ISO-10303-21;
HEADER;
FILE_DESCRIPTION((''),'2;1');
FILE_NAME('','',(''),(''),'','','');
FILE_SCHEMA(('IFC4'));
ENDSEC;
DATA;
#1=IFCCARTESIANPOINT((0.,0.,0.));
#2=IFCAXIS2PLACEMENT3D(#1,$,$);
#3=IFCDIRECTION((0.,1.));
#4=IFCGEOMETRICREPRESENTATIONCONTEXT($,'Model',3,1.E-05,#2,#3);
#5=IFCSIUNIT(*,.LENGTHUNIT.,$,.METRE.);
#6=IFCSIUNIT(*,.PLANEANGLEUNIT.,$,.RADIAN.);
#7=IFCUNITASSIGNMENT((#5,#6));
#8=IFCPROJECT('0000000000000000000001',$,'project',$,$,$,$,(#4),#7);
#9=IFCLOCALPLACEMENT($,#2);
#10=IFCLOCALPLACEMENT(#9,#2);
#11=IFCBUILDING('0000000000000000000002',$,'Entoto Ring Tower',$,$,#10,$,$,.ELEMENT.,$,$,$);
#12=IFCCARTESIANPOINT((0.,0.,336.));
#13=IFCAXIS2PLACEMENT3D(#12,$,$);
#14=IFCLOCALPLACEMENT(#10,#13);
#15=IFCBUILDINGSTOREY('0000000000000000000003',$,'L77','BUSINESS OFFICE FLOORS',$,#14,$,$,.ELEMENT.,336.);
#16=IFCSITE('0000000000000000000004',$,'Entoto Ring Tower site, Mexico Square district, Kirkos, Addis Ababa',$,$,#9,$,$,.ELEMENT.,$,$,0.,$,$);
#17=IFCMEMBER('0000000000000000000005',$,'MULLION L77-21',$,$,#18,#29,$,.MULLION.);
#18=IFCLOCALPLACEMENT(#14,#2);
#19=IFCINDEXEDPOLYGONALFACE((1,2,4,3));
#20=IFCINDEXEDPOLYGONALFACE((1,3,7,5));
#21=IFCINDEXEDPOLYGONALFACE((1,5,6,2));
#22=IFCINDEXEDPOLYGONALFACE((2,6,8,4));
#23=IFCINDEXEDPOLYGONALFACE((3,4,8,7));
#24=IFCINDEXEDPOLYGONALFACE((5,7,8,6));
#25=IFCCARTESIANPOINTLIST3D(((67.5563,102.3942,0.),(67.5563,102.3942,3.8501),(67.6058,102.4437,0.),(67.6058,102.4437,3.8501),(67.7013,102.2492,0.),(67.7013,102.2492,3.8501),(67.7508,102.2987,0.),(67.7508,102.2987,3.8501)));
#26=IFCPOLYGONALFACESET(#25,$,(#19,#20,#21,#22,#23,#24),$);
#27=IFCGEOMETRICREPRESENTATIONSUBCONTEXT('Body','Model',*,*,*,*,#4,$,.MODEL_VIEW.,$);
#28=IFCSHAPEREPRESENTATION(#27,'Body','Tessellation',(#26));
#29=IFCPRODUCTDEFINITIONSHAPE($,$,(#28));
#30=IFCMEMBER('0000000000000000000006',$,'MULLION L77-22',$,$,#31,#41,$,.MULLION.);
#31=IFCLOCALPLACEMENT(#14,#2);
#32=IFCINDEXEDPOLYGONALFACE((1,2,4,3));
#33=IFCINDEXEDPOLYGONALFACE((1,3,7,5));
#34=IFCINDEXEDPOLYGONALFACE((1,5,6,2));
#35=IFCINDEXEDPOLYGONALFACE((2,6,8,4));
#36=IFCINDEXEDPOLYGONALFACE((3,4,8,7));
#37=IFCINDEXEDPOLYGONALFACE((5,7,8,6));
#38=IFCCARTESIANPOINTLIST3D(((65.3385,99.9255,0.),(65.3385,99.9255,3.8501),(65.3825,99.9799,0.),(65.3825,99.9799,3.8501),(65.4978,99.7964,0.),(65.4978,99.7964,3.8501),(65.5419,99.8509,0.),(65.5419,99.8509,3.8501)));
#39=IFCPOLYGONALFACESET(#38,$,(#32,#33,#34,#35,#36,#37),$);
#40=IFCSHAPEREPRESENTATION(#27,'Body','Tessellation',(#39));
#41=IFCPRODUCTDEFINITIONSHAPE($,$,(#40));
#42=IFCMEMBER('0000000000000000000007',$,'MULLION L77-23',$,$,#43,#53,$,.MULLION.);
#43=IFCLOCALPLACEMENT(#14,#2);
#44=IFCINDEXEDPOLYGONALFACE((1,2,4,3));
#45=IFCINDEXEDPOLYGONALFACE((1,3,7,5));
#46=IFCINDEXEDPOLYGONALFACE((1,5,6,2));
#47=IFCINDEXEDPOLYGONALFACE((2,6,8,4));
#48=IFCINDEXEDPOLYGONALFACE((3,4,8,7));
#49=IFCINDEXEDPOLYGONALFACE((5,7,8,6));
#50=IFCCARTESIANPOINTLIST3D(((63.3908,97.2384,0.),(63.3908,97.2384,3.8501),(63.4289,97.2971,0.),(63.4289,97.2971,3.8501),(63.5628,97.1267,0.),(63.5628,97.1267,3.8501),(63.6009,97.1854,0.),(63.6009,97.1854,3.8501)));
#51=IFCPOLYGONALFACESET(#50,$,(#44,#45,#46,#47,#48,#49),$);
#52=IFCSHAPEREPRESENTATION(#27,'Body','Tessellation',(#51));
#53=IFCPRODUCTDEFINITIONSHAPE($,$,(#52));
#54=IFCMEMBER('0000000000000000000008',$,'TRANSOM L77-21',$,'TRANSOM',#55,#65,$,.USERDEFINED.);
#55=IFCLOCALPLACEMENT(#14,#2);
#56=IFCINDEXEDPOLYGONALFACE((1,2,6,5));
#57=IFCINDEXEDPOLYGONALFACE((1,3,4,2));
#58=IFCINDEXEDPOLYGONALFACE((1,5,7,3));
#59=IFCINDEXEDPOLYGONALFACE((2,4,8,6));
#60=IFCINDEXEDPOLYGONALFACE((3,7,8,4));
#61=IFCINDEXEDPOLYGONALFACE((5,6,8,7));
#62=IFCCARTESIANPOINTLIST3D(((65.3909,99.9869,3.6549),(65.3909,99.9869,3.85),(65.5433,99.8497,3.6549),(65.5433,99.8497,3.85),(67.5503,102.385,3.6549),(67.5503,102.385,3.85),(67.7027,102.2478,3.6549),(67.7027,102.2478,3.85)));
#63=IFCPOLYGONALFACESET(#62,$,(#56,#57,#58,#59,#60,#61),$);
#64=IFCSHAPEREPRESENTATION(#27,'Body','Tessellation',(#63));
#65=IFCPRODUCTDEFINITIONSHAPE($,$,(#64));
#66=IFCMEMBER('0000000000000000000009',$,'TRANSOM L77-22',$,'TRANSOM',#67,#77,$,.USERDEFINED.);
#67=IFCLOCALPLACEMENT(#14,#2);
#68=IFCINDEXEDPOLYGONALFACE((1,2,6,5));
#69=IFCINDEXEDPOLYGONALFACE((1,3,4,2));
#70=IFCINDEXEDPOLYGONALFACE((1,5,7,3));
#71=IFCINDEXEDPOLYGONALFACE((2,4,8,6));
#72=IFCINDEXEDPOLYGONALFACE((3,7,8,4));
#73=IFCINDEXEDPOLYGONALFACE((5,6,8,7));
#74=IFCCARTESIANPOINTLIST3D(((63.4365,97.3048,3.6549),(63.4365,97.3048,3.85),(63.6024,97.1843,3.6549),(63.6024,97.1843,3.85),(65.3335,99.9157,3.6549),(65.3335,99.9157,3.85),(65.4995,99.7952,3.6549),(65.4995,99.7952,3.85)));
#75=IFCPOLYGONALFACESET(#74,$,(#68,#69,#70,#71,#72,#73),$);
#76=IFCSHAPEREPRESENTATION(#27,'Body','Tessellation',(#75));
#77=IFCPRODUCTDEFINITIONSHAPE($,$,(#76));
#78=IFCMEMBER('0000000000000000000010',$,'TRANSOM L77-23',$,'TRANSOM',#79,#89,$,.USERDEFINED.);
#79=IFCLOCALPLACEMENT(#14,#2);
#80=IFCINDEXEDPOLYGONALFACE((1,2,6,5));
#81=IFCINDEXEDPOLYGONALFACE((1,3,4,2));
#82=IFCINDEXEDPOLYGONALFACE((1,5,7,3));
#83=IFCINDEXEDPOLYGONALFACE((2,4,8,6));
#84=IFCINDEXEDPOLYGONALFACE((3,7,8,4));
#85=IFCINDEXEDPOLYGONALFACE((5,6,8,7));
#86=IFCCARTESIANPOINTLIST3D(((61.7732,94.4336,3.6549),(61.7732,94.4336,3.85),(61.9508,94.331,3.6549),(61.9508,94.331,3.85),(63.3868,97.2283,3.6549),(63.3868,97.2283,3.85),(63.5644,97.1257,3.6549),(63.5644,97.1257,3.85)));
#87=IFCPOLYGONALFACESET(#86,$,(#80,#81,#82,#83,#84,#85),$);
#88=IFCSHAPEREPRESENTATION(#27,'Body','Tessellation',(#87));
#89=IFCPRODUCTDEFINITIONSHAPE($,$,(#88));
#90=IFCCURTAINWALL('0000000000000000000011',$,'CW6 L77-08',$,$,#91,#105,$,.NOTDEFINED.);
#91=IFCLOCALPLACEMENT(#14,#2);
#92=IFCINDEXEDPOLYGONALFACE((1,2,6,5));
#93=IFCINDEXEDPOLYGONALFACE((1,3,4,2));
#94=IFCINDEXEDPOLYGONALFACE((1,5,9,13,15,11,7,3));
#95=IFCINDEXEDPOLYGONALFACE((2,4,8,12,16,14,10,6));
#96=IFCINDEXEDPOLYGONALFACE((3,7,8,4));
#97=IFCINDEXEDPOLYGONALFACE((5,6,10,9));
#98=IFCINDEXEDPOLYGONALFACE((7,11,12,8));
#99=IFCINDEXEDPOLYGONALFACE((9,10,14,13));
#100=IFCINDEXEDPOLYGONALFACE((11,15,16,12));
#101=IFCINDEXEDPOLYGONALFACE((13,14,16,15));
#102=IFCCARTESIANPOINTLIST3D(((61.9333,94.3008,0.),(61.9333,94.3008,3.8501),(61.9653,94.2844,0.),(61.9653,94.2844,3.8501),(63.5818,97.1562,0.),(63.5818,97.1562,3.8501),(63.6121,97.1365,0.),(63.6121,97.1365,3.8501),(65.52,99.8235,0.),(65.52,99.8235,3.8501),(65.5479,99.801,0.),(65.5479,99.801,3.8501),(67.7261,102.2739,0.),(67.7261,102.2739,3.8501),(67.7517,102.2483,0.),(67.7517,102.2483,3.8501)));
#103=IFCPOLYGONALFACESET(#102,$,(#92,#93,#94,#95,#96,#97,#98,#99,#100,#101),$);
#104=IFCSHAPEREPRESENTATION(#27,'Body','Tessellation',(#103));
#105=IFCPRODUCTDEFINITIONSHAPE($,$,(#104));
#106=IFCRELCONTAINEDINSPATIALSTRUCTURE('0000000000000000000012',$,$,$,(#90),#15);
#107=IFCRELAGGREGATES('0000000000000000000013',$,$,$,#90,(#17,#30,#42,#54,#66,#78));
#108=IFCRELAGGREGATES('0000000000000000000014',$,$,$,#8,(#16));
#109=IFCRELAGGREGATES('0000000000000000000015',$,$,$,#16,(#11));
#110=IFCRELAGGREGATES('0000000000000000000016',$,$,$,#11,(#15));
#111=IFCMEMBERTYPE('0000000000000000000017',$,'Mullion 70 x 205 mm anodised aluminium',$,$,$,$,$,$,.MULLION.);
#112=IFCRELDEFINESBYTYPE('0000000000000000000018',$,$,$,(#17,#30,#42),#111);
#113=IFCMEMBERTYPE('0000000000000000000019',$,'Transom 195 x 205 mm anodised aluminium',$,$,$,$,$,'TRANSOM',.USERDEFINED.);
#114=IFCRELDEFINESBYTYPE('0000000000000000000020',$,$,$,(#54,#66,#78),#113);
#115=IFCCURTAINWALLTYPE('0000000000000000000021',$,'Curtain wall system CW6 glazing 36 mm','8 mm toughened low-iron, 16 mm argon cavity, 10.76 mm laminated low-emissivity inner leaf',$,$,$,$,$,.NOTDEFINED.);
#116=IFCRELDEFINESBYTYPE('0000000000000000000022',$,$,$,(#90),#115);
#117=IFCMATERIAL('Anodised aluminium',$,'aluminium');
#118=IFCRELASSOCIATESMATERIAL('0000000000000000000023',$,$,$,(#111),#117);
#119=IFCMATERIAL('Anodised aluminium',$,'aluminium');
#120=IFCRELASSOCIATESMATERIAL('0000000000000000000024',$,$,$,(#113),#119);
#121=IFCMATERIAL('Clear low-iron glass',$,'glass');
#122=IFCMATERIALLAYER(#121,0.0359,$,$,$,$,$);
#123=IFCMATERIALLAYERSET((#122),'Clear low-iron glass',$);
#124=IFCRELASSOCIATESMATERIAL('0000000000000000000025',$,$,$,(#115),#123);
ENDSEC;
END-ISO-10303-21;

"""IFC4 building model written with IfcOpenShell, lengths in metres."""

from ifc_helpers import new_model, si_unit, direction, frame, origin, origin_2d, place, context, subcontext, project, spatial, polyline, rectangle, outline, extrude, material, layer, layer_set, material_profile, profile_set, type_object, element, aggregate, save


model = new_model("IFC4")

# Units and contexts
model_context = context("Model", 3, precision=1e-05, world=origin(), true_north=direction((0.0, 1.0)))
body_context = subcontext(model_context, "Body", "Model", "MODEL_VIEW")
ifc_project = project(units=[si_unit("LENGTHUNIT", "METRE"), si_unit("PLANEANGLEUNIT", "RADIAN")], contexts=[model_context])

# Members
ifc_material_1 = material(Name="Anodised aluminium", Category="aluminium")
ifc_material_profile_1 = material_profile(ifc_material_1, rectangle(XDim=0.0701, YDim=0.2051, at=origin_2d()), Name="Mullion 70 x 205 mm anodised aluminium")
ifc_profile_set_1 = profile_set([ifc_material_profile_1], Name="Anodised aluminium")
member_type_1 = type_object("IfcMemberType", Name="Mullion 70 x 205 mm anodised aluminium", PredefinedType="MULLION", material=ifc_profile_set_1)
site_placement = place(None, origin())
building_placement = place(site_placement, origin())
storey_placement = place(building_placement, frame((0.0, 0.0, 336.0)))
member_1_placement = place(storey_placement, frame((67.6536, 102.3464, 0.0), z_axis=(0.0, 0.0, 1.0), x_axis=(-0.707107, -0.707107, 0.0)))
member_1 = element("IfcMember", 1, at=member_1_placement, type_object=member_type_1, Name="MULLION L77-21", PredefinedType="MULLION", context=body_context, shape_type="SweptSolid", body=[
    extrude(rectangle(XDim=0.0701, YDim=0.2051, at=origin_2d()), origin(), (0.0, 0.0, 1.0), 3.8501),
])
member_2_placement = place(storey_placement, frame((65.4402, 99.8882, 0.0), z_axis=(0.0, 0.0, 1.0), x_axis=(-0.62932, -0.777146, 0.0)))
member_2 = element("IfcMember", 2, at=member_2_placement, type_object=member_type_1, Name="MULLION L77-22", PredefinedType="MULLION", context=body_context, shape_type="SweptSolid", body=[
    extrude(rectangle(XDim=0.0701, YDim=0.2051, at=origin_2d()), origin(), (0.0, 0.0, 1.0), 3.8501),
])
member_3_placement = place(storey_placement, frame((63.4958, 97.2119, 0.0), z_axis=(0.0, 0.0, 1.0), x_axis=(-0.544639, -0.838671, 0.0)))
member_3 = element("IfcMember", 3, at=member_3_placement, type_object=member_type_1, Name="MULLION L77-23", PredefinedType="MULLION", context=body_context, shape_type="SweptSolid", body=[
    extrude(rectangle(XDim=0.0701, YDim=0.2051, at=origin_2d()), origin(), (0.0, 0.0, 1.0), 3.8501),
])
ifc_material_2 = material(Name="Anodised aluminium", Category="aluminium")
ifc_material_profile_2 = material_profile(ifc_material_2, rectangle(XDim=0.2051, YDim=0.1951, at=origin_2d()), Name="Transom 195 x 205 mm anodised aluminium")
ifc_profile_set_2 = profile_set([ifc_material_profile_2], Name="Anodised aluminium")
member_type_2 = type_object("IfcMemberType", Name="Transom 195 x 205 mm anodised aluminium", ElementType="TRANSOM", PredefinedType="USERDEFINED", material=ifc_profile_set_2)
member_4_placement = place(storey_placement, frame((67.6265, 102.3164, 3.7524), z_axis=(-0.669144, -0.743132, 0.0), x_axis=(0.743132, -0.669144, 0.0)))
member_4 = element("IfcMember", 4, at=member_4_placement, type_object=member_type_2, Name="TRANSOM L77-21", ObjectType="TRANSOM", PredefinedType="USERDEFINED", context=body_context, shape_type="SweptSolid", body=[
    extrude(rectangle(XDim=0.2051, YDim=0.1951, at=origin_2d()), origin(), (0.0, 0.0, 1.0), 3.2271),
])
member_5_placement = place(storey_placement, frame((65.4165, 99.8555, 3.7524), z_axis=(-0.587803, -0.809004, 0.0), x_axis=(0.809004, -0.587803, 0.0)))
member_5 = element("IfcMember", 5, at=member_5_placement, type_object=member_type_2, Name="TRANSOM L77-22", ObjectType="TRANSOM", PredefinedType="USERDEFINED", context=body_context, shape_type="SweptSolid", body=[
    extrude(rectangle(XDim=0.2051, YDim=0.1951, at=origin_2d()), origin(), (0.0, 0.0, 1.0), 3.2273),
])
member_6_placement = place(storey_placement, frame((63.4756, 97.177, 3.7524), z_axis=(-0.500004, -0.866023, 0.0), x_axis=(0.866023, -0.500004, 0.0)))
member_6 = element("IfcMember", 6, at=member_6_placement, type_object=member_type_2, Name="TRANSOM L77-23", ObjectType="TRANSOM", PredefinedType="USERDEFINED", context=body_context, shape_type="SweptSolid", body=[
    extrude(rectangle(XDim=0.2051, YDim=0.1951, at=origin_2d()), origin(), (0.0, 0.0, 1.0), 3.2271),
])

# Site, building, storey
site = spatial("IfcSite", under=ifc_project, at=site_placement, Name="Entoto Ring Tower site, Mexico Square district, Kirkos, Addis Ababa", CompositionType="ELEMENT", RefElevation=0.0)
building = spatial("IfcBuilding", under=site, at=building_placement, Name="Entoto Ring Tower", CompositionType="ELEMENT")
storey = spatial("IfcBuildingStorey", under=building, at=storey_placement, Name="L77", Description="BUSINESS OFFICE FLOORS", CompositionType="ELEMENT", Elevation=336.0)

# Curtain wall
ifc_material_3 = material(Name="Clear low-iron glass", Category="glass")
ifc_layer = layer(ifc_material_3, 0.0359)
ifc_layer_set = layer_set([ifc_layer], Name="Clear low-iron glass")
curtain_wall_type = type_object("IfcCurtainWallType", Name="Curtain wall system CW6 glazing 36 mm", Description="8 mm toughened low-iron, 16 mm argon cavity, 10.76 mm laminated low-emissivity inner leaf", PredefinedType="NOTDEFINED", material=ifc_layer_set)
curtain_wall_1_placement = place(storey_placement, origin())
curtain_wall_1 = element("IfcCurtainWall", 7, at=curtain_wall_1_placement, inside=storey, type_object=curtain_wall_type, Name="CW6 L77-08", PredefinedType="NOTDEFINED", context=body_context, shape_type="SweptSolid", body=[
    extrude(outline(polyline([(67.7261, 102.2739), (65.52, 99.8235), (63.5818, 97.1562), (61.9333, 94.3008), (61.9653, 94.2844), (63.6121, 97.1365), (65.5479, 99.801), (67.7517, 102.2483), (67.7261, 102.2739)])), origin(), (0.0, 0.0, 1.0), 3.8501),
])
aggregate(curtain_wall_1, [member_1, member_2, member_3, member_4, member_5, member_6])

save(model, "model.ifc")
